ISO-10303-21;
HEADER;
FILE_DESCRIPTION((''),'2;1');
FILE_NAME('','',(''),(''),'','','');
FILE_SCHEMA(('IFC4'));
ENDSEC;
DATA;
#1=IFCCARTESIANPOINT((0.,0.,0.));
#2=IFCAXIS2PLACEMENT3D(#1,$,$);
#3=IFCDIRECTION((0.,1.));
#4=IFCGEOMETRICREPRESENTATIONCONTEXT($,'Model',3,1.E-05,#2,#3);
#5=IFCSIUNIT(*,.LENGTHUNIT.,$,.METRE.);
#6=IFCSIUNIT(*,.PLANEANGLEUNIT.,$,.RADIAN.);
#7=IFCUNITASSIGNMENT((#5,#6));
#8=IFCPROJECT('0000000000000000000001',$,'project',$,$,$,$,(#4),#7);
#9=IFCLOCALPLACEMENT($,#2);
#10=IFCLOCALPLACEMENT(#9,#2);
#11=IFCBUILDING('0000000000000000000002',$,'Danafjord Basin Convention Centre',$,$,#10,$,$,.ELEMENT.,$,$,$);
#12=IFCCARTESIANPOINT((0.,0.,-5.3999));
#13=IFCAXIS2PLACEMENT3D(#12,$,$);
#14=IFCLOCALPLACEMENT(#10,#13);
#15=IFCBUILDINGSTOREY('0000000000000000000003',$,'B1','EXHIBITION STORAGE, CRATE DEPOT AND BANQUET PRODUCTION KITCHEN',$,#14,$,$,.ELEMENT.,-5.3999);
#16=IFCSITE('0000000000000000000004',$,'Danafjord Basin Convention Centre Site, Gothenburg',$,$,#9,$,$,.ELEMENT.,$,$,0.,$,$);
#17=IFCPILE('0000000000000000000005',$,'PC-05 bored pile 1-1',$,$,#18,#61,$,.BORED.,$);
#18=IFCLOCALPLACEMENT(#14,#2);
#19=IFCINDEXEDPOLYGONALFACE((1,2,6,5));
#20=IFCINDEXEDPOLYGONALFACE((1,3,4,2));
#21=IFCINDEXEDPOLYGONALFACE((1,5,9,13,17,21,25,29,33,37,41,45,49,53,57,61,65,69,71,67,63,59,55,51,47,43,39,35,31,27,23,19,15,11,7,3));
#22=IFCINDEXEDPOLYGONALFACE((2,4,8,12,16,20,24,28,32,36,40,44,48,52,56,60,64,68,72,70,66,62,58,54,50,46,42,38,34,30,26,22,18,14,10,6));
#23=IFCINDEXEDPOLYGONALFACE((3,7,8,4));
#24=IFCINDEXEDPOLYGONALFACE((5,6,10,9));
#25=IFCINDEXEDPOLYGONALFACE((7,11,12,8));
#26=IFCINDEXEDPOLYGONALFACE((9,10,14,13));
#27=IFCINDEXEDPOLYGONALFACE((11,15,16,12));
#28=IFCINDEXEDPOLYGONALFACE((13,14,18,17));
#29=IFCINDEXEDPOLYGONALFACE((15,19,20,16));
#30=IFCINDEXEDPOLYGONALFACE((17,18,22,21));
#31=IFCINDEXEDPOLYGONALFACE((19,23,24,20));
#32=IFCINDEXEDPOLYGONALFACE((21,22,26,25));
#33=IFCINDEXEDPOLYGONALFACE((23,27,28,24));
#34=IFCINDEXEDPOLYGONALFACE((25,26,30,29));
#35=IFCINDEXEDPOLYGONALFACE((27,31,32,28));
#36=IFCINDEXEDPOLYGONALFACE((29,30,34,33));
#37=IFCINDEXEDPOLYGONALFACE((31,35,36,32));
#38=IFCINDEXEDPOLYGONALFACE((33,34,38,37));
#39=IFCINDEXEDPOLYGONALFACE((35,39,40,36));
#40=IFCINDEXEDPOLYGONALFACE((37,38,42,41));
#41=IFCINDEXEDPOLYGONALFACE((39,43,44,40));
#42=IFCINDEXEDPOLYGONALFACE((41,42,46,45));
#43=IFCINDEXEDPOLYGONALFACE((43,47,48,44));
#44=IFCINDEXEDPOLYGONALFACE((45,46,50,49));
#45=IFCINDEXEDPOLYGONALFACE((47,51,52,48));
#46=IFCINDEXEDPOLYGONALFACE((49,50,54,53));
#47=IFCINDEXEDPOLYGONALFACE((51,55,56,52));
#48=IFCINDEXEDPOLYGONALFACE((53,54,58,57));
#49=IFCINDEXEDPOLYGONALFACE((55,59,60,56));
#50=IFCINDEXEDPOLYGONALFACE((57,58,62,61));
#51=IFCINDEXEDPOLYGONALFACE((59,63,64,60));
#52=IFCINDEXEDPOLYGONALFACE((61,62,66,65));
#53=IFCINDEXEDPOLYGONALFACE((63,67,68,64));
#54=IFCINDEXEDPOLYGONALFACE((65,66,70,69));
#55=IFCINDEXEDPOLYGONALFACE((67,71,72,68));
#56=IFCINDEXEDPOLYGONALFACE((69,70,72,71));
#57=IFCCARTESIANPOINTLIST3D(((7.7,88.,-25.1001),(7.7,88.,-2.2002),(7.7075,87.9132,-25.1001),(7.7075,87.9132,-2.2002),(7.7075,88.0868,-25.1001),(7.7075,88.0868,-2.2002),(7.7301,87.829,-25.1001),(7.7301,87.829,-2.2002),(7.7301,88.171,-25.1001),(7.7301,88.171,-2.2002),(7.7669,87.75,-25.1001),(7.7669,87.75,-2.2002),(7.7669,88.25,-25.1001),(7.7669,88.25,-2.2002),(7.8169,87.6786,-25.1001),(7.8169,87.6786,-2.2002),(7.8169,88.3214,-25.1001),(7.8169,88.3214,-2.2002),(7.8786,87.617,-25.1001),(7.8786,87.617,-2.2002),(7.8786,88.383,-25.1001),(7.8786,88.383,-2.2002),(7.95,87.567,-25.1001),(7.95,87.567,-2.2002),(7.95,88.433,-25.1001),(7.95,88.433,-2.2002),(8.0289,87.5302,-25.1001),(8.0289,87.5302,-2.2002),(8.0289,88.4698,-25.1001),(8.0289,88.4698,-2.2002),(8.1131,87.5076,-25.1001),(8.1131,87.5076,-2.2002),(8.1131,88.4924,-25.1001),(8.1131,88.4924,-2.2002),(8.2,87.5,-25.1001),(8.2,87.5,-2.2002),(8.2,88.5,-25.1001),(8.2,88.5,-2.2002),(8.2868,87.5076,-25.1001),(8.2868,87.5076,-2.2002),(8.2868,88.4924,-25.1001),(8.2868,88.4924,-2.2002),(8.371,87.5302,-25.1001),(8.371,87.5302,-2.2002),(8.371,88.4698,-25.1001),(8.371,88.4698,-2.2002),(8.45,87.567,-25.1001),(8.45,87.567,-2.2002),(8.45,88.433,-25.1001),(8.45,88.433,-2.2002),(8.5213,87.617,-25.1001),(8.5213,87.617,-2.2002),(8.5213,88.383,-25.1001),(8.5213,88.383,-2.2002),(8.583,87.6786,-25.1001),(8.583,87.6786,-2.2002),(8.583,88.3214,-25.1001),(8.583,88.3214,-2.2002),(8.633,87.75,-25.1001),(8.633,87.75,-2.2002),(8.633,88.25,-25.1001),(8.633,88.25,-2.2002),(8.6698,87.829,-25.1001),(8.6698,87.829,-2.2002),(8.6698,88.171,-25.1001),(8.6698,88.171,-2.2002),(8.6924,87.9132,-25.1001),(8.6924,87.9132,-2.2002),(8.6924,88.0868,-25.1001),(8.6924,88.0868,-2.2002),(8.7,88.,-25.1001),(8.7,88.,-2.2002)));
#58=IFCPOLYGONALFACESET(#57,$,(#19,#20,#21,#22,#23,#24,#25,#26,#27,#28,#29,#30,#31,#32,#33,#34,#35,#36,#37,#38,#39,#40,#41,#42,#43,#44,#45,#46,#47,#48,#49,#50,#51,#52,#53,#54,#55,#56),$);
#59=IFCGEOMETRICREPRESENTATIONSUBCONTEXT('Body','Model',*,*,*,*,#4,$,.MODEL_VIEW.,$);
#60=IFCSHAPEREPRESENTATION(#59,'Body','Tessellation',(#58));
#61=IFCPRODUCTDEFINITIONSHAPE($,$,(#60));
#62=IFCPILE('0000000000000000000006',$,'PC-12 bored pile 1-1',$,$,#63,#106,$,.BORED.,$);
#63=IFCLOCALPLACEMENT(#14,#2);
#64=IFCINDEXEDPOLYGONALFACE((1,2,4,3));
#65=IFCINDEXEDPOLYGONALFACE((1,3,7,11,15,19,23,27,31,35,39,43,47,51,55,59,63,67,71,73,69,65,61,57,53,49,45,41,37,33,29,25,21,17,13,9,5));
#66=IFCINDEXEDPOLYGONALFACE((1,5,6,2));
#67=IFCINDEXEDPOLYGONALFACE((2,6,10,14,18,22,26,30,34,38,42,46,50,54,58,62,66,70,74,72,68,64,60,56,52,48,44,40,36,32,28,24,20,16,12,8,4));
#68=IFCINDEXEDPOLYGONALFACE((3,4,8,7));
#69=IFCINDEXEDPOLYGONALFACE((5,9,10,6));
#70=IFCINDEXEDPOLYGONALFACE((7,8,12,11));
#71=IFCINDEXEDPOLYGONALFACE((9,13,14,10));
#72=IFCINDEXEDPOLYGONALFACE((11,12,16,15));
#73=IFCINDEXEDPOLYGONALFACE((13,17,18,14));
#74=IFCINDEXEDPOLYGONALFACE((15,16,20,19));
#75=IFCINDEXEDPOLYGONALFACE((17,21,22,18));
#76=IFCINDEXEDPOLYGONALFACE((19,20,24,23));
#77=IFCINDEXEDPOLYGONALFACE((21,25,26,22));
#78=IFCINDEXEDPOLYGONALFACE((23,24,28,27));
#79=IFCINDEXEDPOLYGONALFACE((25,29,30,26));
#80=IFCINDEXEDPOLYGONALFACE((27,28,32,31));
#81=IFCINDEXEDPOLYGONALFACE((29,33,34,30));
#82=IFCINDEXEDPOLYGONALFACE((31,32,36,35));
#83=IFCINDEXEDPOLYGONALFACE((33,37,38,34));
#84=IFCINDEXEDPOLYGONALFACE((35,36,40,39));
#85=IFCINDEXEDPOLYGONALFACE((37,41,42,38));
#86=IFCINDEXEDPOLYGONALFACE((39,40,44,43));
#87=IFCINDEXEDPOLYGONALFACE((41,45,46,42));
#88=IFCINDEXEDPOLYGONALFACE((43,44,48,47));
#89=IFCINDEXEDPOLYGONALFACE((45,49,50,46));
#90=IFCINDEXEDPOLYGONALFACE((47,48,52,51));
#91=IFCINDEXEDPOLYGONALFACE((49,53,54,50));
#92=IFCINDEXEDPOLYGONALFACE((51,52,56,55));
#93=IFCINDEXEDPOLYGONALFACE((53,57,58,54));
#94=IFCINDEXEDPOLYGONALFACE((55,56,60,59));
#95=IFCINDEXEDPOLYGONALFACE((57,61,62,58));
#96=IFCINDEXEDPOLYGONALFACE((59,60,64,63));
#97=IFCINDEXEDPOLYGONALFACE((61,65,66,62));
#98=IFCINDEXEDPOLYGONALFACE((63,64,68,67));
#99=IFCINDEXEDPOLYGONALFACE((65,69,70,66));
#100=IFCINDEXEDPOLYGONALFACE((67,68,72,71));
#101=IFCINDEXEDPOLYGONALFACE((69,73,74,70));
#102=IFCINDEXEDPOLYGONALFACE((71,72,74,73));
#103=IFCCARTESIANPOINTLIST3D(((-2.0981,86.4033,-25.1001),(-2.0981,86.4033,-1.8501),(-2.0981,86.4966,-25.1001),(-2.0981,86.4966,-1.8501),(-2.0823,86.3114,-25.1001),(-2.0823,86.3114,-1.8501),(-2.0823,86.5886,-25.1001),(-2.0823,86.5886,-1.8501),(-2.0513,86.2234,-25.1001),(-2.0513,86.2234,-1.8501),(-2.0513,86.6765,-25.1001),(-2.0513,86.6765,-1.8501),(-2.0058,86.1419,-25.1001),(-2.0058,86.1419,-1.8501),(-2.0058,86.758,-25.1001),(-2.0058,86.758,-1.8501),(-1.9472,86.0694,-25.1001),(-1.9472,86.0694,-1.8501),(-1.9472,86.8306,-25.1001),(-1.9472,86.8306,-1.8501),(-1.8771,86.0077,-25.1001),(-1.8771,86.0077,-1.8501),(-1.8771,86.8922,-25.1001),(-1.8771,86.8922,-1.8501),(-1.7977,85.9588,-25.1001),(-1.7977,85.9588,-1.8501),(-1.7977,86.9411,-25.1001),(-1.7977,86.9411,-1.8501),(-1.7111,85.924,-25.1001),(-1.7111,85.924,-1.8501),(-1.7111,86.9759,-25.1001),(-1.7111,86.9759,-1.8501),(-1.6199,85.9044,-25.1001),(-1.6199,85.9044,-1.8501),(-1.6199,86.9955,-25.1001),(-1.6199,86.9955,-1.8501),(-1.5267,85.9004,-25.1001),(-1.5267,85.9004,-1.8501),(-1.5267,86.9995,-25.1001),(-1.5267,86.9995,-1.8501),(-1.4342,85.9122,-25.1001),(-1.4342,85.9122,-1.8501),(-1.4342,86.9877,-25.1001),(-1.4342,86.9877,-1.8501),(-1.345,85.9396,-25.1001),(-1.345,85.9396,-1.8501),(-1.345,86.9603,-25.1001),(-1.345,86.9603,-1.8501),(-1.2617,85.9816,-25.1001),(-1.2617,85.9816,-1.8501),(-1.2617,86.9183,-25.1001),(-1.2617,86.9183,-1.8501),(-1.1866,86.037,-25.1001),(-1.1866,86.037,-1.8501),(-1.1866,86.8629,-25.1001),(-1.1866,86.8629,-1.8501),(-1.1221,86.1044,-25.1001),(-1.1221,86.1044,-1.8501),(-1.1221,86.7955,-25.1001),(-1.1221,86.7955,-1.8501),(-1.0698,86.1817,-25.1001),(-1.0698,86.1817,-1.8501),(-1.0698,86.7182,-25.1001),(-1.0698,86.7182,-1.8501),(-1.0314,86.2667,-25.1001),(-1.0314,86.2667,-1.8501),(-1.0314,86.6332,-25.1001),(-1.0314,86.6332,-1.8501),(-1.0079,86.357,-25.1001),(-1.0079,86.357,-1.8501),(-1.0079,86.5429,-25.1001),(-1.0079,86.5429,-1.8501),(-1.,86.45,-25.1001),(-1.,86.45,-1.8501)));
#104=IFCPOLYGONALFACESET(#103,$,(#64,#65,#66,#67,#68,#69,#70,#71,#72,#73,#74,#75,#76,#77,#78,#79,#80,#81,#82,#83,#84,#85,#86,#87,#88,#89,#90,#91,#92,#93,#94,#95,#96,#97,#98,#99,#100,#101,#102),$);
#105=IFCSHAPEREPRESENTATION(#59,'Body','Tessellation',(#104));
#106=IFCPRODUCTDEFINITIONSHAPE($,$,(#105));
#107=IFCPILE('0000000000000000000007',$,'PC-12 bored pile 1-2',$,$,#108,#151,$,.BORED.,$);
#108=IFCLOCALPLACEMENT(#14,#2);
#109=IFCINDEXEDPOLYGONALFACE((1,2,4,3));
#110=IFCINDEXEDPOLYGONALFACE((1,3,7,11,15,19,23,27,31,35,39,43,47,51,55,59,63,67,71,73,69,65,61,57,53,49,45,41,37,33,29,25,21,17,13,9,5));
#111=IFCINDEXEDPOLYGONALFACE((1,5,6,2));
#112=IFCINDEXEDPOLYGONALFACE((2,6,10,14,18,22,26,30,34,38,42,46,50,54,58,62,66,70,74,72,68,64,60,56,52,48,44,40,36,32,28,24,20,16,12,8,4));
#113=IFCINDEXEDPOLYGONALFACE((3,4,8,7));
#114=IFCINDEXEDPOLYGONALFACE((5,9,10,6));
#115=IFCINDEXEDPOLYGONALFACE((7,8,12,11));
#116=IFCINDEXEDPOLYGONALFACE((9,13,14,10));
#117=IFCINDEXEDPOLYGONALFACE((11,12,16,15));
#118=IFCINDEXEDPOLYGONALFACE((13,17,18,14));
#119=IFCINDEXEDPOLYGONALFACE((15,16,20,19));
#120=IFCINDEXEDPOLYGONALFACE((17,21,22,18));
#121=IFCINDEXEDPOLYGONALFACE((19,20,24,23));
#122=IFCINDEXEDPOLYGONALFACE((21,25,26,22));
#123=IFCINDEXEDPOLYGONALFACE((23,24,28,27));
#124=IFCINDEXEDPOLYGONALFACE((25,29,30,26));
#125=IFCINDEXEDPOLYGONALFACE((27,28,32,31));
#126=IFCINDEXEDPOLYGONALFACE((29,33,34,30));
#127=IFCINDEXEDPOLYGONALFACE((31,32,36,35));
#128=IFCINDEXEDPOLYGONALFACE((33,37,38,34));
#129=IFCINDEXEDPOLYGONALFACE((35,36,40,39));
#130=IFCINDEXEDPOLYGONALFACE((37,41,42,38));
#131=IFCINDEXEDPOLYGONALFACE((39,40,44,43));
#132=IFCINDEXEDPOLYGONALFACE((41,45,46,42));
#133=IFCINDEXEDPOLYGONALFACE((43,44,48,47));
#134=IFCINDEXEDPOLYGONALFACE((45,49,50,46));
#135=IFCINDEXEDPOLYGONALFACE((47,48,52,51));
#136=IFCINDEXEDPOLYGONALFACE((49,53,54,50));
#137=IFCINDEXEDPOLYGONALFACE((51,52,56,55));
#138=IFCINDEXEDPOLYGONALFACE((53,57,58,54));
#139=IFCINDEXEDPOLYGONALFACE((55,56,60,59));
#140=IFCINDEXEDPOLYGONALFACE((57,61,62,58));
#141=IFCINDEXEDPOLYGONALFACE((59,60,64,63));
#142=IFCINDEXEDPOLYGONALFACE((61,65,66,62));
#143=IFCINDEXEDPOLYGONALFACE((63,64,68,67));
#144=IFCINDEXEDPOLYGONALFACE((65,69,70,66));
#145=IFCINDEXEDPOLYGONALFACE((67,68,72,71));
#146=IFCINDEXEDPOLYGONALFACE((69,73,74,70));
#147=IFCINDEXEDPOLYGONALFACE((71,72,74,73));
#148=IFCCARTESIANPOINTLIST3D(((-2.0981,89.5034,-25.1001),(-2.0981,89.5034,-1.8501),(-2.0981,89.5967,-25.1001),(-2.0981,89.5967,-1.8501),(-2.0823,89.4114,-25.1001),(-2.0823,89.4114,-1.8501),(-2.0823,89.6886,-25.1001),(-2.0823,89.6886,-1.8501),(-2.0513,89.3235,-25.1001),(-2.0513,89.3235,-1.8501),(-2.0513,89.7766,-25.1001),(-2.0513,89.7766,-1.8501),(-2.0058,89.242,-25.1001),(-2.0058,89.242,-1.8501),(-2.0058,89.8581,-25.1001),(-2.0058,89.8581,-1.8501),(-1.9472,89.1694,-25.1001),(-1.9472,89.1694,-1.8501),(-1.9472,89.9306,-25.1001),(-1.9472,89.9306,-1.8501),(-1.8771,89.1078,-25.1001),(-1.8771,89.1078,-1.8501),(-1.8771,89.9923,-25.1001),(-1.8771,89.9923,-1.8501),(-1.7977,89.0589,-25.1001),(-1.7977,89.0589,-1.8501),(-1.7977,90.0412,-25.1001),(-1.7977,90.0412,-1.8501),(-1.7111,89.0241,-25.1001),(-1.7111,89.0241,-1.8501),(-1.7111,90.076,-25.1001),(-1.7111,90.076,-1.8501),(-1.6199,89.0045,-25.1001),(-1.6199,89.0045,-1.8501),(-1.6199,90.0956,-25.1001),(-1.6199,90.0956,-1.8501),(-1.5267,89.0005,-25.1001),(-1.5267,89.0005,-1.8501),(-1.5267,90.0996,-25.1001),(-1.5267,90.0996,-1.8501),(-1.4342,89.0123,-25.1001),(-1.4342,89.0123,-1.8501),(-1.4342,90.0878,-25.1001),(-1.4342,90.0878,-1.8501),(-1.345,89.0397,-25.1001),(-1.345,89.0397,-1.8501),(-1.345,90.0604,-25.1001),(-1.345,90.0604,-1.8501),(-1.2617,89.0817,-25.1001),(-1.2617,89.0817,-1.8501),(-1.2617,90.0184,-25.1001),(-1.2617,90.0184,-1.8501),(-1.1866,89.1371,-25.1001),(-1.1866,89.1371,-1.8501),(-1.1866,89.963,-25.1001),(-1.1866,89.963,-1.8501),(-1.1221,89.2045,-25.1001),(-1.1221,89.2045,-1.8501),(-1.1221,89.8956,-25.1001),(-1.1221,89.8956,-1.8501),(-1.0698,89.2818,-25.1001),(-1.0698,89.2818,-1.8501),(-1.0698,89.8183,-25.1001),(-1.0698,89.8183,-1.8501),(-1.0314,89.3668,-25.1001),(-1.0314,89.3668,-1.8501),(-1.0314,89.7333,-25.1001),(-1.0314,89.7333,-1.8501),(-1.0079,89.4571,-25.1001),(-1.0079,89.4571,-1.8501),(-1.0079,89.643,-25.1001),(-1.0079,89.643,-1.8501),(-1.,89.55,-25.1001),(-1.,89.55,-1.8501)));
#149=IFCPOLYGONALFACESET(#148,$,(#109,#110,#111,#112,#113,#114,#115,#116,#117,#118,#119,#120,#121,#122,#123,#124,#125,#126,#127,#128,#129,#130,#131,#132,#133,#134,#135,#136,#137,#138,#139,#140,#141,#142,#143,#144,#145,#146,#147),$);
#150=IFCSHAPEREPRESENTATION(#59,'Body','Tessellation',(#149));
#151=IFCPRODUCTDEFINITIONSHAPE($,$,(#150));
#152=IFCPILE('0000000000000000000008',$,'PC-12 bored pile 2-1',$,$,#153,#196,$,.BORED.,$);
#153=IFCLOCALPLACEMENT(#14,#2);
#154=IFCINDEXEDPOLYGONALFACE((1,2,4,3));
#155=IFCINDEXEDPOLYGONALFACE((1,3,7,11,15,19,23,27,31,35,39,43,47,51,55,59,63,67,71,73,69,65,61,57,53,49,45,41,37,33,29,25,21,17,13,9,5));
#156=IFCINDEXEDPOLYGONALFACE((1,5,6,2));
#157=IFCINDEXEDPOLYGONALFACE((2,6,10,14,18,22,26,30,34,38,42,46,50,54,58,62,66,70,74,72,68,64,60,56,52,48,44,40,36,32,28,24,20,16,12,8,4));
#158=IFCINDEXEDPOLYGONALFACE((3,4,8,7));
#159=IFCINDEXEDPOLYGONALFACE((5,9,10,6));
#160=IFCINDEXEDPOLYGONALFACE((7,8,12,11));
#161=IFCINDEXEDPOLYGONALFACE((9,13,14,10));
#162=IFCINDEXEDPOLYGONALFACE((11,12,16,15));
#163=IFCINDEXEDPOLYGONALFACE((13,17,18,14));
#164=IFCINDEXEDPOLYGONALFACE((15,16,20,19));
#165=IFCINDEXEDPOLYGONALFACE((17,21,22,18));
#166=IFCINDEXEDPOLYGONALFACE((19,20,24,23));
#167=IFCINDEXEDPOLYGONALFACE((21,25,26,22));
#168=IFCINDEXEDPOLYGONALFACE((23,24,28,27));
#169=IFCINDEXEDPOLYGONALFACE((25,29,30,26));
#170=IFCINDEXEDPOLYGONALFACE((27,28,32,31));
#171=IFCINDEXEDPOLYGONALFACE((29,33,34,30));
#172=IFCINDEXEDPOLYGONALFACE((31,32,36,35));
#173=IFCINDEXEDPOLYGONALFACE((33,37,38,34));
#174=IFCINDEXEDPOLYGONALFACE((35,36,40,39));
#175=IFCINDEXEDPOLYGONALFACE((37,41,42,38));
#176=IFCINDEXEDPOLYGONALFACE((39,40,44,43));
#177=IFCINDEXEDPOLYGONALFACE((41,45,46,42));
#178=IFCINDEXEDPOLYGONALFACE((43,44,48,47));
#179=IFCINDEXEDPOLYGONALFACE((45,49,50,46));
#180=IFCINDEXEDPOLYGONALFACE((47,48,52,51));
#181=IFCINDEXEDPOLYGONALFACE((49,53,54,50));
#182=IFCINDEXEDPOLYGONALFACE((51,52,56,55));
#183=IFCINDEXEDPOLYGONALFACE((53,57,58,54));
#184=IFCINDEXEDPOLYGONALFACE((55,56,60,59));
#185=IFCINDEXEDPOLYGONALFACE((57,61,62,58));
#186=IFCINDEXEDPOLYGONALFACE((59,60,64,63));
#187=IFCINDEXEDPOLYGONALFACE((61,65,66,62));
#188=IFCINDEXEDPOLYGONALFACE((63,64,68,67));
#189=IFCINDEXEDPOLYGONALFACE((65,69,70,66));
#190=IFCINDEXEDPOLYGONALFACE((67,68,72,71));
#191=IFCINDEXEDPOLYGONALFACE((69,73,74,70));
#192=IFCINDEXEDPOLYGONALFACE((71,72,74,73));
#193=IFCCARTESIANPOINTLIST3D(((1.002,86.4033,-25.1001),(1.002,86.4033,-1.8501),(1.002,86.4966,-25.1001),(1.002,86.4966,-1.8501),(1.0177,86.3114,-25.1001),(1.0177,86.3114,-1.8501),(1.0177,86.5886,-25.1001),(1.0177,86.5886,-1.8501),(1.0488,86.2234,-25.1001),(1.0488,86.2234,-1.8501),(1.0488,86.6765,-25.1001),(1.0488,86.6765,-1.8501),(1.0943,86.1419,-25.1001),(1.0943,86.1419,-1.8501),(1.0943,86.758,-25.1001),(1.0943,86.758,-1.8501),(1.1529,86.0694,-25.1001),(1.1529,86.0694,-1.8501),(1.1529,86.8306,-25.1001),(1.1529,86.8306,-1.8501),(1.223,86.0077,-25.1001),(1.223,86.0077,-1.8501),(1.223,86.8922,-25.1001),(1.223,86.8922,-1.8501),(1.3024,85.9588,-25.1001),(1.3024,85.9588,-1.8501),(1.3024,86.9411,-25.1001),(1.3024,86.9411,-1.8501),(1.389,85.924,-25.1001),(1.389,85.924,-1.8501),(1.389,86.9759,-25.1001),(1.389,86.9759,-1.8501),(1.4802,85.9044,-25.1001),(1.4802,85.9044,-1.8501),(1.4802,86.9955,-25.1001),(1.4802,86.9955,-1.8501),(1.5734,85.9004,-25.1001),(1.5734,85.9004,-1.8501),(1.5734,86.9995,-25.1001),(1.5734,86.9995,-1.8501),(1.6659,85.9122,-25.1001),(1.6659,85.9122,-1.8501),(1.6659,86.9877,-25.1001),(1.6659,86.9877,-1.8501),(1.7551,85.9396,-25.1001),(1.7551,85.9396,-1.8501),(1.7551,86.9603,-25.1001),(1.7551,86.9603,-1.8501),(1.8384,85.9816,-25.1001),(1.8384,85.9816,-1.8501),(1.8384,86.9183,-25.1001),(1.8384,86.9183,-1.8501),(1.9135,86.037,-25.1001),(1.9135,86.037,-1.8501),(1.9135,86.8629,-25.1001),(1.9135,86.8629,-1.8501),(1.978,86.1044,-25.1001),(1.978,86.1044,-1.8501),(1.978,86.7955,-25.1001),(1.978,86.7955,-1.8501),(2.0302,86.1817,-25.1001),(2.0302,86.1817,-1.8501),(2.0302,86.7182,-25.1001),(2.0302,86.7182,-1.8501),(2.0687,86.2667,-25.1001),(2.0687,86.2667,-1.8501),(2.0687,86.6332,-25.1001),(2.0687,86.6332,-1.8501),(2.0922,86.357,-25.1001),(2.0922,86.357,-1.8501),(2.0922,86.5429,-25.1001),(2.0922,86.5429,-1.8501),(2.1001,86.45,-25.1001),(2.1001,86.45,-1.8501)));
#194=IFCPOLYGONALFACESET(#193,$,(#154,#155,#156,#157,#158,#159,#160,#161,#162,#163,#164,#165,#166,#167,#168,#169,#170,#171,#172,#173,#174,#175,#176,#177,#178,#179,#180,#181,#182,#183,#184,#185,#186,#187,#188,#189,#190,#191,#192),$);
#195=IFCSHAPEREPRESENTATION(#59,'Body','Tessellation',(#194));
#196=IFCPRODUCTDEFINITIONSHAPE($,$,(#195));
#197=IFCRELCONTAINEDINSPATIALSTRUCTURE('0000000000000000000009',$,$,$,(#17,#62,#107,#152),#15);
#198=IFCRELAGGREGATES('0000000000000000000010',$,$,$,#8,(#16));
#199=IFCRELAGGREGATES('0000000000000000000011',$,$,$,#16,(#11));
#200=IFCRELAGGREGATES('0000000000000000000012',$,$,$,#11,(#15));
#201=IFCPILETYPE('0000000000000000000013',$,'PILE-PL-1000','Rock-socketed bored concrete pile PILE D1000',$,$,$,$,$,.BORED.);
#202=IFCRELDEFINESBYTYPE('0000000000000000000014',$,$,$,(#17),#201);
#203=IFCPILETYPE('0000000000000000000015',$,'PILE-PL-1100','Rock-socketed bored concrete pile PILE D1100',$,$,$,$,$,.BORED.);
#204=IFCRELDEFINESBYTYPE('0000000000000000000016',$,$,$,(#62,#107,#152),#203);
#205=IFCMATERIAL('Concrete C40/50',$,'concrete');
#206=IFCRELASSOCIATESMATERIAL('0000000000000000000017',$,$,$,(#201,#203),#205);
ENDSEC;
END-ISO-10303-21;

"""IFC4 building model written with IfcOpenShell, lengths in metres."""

from ifc_helpers import new_model, si_unit, direction, frame, origin, origin_2d, place, context, subcontext, project, spatial, circle, extrude, material, material_profile, profile_set, type_object, element, save


model = new_model("IFC4")

# Units and contexts
model_context = context("Model", 3, precision=1e-05, world=origin(), true_north=direction((0.0, 1.0)))
body_context = subcontext(model_context, "Body", "Model", "MODEL_VIEW")
ifc_project = project(units=[si_unit("LENGTHUNIT", "METRE"), si_unit("PLANEANGLEUNIT", "RADIAN")], contexts=[model_context])

# Site, building, storey
site_placement = place(None, origin())
site = spatial("IfcSite", under=ifc_project, at=site_placement, Name="Danafjord Basin Convention Centre Site, Gothenburg", CompositionType="ELEMENT", RefElevation=0.0)
building_placement = place(site_placement, origin())
building = spatial("IfcBuilding", under=site, at=building_placement, Name="Danafjord Basin Convention Centre", CompositionType="ELEMENT")
storey_placement = place(building_placement, frame((0.0, 0.0, -5.3999)))
storey = spatial("IfcBuildingStorey", under=building, at=storey_placement, Name="B1", Description="EXHIBITION STORAGE, CRATE DEPOT AND BANQUET PRODUCTION KITCHEN", CompositionType="ELEMENT", Elevation=-5.3999)

# Shared definitions
ifc_material_1 = material(Name="Concrete C40/50", Category="concrete")

# Piles
ifc_material_profile_1 = material_profile(ifc_material_1, circle(Radius=0.5, at=origin_2d()), Name="PILE D1000")
ifc_profile_set_1 = profile_set([ifc_material_profile_1], Name="Concrete C40/50")
pile_type_1 = type_object("IfcPileType", Name="PILE-PL-1000", Description="Rock-socketed bored concrete pile PILE D1000", PredefinedType="BORED", material=ifc_profile_set_1)
pile_1_placement = place(storey_placement, frame((8.2, 88.0, -2.2002), z_axis=(0.0, 0.0, -1.0), x_axis=(1.0, 0.0, 0.0)))
element("IfcPile", 1, at=pile_1_placement, inside=storey, type_object=pile_type_1, Name="PC-05 bored pile 1-1", PredefinedType="BORED", context=body_context, shape_type="SweptSolid", body=[
    extrude(circle(Radius=0.5, at=origin_2d()), origin(), (0.0, 0.0, 1.0), 22.8999),
])
ifc_material_profile_2 = material_profile(ifc_material_1, circle(Radius=0.55, at=origin_2d()), Name="PILE D1100")
ifc_profile_set_2 = profile_set([ifc_material_profile_2], Name="Concrete C40/50")
pile_type_2 = type_object("IfcPileType", Name="PILE-PL-1100", Description="Rock-socketed bored concrete pile PILE D1100", PredefinedType="BORED", material=ifc_profile_set_2)
for number, where, z_axis, x_axis, name in (
    (2, (-1.55, 86.45, -1.8501), (0.0, 0.0, -1.0), (1.0, 0.0, 0.0), "PC-12 bored pile 1-1"),
    (3, (-1.55, 89.55, -1.8501), (0.0, 0.0, -1.0), (1.0, 0.0, 0.0), "PC-12 bored pile 1-2"),
    (4, (1.55, 86.45, -1.8501), (0.0, 0.0, -1.0), (1.0, 0.0, 0.0), "PC-12 bored pile 2-1"),
):
    element("IfcPile", number, at=place(storey_placement, frame(where, z_axis=z_axis, x_axis=x_axis)), inside=storey, type_object=pile_type_2, Name=name, PredefinedType="BORED", context=body_context, shape_type="SweptSolid", body=[
        extrude(circle(Radius=0.55, at=origin_2d()), origin(), (0.0, 0.0, 1.0), 23.25),
    ])

save(model, "model.ifc")
